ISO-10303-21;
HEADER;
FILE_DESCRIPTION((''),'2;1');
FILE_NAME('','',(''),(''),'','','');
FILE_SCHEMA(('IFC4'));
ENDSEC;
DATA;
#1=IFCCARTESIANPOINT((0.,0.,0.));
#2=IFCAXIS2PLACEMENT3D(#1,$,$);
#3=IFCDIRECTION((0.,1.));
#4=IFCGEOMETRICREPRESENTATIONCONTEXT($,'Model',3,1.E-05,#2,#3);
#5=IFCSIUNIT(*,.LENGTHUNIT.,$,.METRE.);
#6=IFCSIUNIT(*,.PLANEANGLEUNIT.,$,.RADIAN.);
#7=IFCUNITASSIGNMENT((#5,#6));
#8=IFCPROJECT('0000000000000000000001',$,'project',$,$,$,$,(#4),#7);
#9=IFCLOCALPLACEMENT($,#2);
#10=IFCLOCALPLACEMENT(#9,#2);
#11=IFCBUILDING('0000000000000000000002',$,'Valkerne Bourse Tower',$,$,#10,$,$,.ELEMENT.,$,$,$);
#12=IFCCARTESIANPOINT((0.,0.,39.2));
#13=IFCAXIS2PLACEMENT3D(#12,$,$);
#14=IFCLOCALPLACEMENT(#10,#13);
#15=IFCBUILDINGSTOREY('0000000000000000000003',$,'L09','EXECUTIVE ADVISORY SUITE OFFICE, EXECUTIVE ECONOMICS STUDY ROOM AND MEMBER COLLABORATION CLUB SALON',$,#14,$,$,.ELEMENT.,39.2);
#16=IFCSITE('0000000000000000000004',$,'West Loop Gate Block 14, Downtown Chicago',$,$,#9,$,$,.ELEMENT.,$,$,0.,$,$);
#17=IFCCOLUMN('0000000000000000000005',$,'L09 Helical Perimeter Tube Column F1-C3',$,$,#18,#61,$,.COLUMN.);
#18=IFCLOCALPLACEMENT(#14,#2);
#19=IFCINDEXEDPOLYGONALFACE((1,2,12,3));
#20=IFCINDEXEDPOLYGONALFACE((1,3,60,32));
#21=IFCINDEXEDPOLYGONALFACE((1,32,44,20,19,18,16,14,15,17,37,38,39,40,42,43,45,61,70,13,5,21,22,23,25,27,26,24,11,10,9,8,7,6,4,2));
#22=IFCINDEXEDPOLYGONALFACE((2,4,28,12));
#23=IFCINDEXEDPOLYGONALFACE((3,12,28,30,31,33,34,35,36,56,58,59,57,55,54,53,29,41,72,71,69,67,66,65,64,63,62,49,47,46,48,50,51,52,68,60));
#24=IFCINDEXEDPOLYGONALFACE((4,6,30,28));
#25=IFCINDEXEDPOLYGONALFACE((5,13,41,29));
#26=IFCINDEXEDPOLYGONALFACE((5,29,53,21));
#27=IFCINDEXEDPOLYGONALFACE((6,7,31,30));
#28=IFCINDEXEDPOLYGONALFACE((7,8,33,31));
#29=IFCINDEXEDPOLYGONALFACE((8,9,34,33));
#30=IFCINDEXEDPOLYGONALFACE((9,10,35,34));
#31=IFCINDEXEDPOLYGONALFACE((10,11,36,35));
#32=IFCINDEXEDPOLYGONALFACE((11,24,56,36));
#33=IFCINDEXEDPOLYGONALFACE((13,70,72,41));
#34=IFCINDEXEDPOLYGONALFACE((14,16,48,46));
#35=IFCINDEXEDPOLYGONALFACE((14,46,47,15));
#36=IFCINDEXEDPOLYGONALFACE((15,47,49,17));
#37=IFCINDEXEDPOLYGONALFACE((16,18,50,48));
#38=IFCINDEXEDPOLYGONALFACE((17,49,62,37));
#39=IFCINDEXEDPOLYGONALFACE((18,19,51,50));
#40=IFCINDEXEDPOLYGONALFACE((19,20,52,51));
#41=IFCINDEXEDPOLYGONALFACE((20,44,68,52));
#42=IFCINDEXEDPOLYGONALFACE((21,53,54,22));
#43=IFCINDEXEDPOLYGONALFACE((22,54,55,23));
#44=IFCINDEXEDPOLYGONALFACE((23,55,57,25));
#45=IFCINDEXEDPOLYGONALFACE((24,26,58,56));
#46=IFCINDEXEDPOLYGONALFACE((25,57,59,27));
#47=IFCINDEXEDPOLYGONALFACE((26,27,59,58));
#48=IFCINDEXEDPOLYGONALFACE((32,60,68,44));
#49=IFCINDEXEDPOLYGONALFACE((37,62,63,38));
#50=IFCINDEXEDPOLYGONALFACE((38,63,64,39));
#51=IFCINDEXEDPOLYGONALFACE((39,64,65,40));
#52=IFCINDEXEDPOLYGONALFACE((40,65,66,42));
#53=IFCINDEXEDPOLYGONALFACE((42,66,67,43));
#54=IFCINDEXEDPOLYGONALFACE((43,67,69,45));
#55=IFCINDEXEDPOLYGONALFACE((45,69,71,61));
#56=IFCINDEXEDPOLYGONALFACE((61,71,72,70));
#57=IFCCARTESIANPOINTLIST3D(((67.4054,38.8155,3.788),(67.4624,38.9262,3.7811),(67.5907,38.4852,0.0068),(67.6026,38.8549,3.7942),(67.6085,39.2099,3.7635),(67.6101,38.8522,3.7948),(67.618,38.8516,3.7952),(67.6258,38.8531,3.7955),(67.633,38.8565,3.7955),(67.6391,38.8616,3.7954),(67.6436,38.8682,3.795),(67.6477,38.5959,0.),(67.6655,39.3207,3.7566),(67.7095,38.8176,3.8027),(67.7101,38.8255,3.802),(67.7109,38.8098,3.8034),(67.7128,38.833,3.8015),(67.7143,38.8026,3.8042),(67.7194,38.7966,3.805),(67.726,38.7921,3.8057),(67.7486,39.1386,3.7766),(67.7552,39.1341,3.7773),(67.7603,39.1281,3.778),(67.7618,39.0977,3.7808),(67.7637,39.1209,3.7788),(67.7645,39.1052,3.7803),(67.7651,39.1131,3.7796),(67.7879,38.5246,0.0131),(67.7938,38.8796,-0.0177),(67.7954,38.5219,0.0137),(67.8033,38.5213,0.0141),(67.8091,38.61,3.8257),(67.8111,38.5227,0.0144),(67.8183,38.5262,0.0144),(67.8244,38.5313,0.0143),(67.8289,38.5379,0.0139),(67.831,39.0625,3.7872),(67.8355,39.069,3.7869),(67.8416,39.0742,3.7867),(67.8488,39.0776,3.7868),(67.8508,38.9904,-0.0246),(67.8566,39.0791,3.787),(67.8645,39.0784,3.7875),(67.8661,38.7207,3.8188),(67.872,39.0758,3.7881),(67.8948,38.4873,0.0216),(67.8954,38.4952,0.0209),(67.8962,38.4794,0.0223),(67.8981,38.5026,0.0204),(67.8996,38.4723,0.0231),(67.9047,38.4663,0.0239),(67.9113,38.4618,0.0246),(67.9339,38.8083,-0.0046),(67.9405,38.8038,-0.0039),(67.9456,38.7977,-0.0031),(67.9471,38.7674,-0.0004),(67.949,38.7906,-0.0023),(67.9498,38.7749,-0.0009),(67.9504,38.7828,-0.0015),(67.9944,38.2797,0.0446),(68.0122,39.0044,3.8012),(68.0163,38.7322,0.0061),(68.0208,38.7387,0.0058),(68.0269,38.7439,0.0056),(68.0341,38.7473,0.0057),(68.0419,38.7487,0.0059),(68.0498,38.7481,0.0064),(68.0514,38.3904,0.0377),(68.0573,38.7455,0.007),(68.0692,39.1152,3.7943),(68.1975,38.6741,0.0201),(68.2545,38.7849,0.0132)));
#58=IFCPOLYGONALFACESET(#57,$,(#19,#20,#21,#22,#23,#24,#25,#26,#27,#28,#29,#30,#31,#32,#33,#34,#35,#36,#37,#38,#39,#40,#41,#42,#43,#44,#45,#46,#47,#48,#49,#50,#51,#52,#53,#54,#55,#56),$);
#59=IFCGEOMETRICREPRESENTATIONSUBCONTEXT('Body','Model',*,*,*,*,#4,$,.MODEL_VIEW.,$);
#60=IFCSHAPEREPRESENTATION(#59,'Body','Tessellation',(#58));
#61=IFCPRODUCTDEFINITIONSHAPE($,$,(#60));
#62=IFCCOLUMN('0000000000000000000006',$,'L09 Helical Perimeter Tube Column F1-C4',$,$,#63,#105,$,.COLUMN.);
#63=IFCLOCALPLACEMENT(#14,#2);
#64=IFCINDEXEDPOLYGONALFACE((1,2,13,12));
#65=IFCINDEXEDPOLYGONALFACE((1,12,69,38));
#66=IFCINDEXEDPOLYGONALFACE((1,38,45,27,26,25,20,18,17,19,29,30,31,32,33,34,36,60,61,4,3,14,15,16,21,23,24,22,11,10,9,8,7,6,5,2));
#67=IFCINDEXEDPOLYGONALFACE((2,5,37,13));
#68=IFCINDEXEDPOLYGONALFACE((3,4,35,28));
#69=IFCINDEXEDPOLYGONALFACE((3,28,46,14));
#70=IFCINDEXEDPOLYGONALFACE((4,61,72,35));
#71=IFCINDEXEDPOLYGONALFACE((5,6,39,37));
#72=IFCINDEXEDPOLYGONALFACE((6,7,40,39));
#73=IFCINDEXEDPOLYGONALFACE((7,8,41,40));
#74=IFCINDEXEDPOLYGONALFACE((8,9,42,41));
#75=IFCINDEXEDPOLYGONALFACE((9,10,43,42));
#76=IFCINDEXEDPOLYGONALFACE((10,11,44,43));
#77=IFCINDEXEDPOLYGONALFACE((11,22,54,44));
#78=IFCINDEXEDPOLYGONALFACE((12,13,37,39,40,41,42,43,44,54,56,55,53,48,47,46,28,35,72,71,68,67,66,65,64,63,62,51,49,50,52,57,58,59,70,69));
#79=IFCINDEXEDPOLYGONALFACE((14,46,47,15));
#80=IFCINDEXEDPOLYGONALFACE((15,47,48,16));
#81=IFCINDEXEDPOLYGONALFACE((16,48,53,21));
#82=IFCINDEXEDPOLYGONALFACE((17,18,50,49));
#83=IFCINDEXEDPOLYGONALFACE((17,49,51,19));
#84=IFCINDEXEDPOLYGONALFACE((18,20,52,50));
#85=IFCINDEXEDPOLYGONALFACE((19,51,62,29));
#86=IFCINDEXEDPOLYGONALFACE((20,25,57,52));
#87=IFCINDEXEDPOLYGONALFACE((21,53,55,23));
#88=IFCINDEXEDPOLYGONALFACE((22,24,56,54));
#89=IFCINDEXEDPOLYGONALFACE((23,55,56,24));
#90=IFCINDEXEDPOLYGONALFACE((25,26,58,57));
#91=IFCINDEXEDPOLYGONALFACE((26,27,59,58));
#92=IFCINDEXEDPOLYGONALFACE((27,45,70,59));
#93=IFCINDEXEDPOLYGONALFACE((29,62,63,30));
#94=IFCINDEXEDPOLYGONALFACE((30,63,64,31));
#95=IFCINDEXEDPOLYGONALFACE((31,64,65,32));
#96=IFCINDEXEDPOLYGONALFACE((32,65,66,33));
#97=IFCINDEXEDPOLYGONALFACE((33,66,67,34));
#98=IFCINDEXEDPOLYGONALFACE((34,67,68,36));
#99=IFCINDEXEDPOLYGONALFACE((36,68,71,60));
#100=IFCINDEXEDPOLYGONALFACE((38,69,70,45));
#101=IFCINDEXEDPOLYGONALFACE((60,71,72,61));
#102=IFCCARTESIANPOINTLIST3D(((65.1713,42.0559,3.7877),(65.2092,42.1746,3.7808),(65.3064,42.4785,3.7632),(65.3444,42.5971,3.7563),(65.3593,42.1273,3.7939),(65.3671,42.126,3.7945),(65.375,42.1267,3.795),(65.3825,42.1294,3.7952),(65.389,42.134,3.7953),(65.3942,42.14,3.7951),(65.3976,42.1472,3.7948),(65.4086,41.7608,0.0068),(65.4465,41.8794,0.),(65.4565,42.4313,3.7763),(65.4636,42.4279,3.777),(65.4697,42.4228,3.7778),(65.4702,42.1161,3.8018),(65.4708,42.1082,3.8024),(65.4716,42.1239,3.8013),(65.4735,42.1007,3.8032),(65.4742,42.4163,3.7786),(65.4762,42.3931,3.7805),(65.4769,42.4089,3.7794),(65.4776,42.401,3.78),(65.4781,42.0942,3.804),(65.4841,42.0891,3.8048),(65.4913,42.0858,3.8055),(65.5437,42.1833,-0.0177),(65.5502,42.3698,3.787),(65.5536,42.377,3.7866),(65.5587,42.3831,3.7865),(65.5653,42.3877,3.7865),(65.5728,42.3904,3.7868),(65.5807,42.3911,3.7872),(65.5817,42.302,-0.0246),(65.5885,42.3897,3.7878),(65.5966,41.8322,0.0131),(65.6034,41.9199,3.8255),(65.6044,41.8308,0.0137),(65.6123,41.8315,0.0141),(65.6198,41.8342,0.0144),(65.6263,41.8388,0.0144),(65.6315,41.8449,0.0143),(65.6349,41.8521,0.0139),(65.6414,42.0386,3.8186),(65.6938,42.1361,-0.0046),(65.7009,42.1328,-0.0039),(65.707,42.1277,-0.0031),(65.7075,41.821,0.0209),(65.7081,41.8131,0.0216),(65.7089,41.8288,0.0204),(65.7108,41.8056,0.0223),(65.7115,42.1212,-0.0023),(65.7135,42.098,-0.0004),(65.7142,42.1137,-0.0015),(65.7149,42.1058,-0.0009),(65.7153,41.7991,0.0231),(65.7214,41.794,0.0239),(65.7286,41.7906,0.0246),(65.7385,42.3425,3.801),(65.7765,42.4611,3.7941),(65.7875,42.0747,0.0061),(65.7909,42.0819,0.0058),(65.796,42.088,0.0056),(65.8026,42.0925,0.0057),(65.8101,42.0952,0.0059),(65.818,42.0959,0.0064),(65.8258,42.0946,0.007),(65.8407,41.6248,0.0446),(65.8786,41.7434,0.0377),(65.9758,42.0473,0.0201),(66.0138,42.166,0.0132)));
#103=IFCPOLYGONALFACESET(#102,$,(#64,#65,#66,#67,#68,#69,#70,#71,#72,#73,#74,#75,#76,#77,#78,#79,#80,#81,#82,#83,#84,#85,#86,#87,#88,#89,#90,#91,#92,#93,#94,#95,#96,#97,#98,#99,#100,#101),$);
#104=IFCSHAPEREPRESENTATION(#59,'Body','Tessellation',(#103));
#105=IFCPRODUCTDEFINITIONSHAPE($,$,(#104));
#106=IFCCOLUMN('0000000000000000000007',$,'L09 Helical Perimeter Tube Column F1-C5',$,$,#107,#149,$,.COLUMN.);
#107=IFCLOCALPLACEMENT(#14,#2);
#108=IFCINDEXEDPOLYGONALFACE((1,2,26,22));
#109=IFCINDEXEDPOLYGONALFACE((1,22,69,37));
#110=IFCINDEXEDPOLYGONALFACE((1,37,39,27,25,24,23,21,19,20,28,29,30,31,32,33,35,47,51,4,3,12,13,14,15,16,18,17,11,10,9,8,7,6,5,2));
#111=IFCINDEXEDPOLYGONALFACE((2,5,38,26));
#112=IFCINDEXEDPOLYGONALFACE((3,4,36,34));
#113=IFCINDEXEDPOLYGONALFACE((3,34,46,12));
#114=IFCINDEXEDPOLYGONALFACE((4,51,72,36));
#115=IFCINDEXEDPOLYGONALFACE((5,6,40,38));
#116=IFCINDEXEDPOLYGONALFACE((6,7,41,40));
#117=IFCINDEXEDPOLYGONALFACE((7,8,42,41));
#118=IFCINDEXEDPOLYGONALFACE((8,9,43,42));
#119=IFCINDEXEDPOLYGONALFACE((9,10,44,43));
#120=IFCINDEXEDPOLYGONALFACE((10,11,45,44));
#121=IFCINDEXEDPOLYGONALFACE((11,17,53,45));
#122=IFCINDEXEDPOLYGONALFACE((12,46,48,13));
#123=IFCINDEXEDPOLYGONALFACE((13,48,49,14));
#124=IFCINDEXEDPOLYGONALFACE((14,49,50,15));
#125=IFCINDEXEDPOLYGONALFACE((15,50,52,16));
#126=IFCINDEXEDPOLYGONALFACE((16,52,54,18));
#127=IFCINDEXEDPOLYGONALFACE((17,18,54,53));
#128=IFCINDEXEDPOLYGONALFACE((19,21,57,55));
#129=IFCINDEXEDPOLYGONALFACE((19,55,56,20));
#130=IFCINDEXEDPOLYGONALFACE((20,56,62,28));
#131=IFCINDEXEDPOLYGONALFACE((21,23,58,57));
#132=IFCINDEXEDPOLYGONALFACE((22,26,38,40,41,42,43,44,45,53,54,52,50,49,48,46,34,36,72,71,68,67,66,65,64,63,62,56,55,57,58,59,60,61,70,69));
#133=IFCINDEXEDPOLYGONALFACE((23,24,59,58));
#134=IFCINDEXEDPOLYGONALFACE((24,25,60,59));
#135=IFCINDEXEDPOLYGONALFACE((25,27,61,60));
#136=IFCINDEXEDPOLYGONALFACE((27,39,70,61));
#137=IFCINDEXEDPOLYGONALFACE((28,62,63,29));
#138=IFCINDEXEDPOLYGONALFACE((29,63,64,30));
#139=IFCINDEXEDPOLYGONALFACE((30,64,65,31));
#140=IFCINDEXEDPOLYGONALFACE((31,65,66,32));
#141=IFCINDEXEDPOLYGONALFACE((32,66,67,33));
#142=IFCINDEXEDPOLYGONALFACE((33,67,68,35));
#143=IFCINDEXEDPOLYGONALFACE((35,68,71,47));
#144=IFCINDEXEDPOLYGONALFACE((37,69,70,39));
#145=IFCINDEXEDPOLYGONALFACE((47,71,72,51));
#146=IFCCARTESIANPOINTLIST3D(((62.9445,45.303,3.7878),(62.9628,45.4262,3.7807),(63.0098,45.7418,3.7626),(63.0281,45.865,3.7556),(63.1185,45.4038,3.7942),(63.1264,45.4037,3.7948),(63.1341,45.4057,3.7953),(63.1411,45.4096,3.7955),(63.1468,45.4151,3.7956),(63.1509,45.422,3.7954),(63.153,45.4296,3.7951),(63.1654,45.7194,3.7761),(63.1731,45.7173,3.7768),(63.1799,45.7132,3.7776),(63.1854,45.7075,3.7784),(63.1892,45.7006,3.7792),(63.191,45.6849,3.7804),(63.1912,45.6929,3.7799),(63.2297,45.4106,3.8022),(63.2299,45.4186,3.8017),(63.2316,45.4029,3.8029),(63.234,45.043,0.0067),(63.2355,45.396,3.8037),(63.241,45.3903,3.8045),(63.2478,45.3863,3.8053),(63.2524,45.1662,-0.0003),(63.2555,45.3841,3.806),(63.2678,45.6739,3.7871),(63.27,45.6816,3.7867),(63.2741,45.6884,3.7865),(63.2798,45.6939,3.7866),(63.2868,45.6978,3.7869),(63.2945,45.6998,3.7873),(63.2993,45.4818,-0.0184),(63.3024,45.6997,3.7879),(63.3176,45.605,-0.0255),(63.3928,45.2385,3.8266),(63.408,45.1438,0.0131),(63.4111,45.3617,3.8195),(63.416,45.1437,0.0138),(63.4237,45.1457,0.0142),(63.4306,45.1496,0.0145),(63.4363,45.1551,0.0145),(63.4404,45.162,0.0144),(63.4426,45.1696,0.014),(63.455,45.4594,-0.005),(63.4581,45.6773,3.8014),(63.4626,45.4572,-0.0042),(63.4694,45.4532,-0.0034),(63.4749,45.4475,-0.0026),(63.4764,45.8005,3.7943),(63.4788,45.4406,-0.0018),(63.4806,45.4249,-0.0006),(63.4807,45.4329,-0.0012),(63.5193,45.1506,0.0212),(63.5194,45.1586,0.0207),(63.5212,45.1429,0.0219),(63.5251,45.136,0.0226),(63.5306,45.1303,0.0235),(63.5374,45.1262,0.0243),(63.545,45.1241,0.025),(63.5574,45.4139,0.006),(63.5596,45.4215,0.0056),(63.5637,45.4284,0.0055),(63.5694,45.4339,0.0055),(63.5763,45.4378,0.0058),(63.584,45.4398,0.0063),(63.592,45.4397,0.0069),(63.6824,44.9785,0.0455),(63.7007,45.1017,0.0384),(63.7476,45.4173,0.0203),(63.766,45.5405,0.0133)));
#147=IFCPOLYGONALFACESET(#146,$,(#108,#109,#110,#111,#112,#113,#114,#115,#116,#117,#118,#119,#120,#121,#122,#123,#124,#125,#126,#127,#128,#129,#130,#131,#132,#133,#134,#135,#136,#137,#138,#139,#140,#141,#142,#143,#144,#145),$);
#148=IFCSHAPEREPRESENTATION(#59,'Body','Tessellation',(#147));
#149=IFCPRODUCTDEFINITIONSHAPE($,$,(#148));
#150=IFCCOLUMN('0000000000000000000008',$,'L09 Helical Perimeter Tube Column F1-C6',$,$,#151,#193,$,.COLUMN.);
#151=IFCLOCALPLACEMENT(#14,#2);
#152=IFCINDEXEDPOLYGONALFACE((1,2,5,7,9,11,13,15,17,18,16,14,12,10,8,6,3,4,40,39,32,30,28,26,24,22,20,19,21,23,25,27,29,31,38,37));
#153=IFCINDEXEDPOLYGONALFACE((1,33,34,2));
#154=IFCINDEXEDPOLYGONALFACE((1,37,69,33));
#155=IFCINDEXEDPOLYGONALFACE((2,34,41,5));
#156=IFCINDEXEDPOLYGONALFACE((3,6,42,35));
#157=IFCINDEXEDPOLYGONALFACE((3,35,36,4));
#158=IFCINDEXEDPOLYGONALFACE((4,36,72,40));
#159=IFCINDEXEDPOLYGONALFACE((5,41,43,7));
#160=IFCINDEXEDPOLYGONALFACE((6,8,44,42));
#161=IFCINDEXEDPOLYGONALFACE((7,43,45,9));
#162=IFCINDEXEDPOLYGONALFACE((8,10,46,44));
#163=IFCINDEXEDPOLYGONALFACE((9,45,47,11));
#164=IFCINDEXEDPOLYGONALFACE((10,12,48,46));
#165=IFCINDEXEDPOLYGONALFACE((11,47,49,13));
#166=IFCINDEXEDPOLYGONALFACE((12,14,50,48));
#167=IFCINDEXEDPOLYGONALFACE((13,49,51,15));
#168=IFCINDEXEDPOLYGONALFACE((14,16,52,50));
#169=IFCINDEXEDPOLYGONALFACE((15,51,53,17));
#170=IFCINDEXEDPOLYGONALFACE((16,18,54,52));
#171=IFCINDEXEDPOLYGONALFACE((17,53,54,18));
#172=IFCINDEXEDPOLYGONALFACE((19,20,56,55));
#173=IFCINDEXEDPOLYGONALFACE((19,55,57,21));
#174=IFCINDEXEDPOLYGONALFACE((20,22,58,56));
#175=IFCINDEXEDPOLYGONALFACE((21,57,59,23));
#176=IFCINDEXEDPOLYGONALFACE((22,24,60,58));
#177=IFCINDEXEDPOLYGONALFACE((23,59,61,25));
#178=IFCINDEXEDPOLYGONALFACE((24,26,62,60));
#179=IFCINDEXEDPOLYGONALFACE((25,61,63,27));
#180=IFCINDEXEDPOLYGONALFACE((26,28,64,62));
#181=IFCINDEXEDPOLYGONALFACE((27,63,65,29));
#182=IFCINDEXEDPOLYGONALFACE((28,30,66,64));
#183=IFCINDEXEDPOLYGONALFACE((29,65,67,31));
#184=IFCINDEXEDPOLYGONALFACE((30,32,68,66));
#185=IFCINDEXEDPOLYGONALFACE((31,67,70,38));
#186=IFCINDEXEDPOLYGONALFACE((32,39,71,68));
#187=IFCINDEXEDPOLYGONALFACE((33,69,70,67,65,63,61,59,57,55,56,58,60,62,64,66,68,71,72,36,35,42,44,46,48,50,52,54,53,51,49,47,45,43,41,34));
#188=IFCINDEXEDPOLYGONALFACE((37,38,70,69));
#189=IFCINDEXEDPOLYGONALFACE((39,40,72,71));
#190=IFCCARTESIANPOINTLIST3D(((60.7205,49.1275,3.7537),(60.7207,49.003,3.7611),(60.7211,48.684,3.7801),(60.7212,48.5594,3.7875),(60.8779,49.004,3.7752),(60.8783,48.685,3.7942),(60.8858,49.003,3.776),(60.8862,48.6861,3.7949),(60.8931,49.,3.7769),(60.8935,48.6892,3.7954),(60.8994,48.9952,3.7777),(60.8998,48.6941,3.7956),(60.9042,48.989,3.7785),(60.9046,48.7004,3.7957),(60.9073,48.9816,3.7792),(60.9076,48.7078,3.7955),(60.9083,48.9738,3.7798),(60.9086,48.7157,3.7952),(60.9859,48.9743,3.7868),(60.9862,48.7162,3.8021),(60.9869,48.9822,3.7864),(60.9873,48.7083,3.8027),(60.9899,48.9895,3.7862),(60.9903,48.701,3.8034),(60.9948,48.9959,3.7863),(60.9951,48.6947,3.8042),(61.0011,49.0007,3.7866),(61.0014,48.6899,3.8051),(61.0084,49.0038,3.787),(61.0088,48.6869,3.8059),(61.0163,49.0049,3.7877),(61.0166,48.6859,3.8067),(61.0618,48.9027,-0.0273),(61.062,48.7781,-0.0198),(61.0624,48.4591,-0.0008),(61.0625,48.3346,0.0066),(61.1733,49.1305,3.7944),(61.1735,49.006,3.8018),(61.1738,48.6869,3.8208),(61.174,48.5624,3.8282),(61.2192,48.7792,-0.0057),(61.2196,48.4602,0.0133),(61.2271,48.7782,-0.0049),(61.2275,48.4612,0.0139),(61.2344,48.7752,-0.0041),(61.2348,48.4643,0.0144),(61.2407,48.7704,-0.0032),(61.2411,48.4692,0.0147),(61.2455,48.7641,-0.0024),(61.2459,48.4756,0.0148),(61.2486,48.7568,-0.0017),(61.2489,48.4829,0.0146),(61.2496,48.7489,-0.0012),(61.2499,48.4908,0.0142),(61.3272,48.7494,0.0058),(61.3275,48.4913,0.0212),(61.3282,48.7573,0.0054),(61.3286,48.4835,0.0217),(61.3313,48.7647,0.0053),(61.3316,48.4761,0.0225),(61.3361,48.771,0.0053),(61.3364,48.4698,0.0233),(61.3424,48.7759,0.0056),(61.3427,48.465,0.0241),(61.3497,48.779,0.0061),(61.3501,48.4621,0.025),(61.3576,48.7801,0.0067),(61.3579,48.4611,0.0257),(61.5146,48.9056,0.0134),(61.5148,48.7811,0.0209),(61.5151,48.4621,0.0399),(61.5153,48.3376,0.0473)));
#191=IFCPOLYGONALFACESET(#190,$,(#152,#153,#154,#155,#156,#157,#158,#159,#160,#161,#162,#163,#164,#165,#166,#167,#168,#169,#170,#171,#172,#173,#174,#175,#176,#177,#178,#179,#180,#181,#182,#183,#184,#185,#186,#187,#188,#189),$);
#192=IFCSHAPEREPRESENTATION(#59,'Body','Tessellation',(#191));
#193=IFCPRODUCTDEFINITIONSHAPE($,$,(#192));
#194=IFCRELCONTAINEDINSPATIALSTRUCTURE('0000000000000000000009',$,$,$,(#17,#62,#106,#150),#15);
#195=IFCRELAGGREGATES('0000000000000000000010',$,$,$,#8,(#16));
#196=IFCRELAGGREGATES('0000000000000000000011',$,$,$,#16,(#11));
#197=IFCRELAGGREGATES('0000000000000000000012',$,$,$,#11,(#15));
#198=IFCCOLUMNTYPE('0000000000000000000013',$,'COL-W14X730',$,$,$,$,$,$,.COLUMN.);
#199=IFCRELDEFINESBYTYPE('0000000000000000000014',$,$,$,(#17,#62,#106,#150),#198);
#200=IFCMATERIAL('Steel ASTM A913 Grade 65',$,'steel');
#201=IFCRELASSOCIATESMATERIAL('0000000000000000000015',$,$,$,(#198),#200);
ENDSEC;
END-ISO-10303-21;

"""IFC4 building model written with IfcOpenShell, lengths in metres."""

from ifc_helpers import new_model, si_unit, direction, frame, origin, origin_2d, place, context, subcontext, project, spatial, i_section, extrude, material, material_profile, profile_set, type_object, element, save


model = new_model("IFC4")

# Units and contexts
model_context = context("Model", 3, precision=1e-05, world=origin(), true_north=direction((0.0, 1.0)))
body_context = subcontext(model_context, "Body", "Model", "MODEL_VIEW")
ifc_project = project(units=[si_unit("LENGTHUNIT", "METRE"), si_unit("PLANEANGLEUNIT", "RADIAN")], contexts=[model_context])

# Site, building, storey
site_placement = place(None, origin())
site = spatial("IfcSite", under=ifc_project, at=site_placement, Name="West Loop Gate Block 14, Downtown Chicago", CompositionType="ELEMENT", RefElevation=0.0)
building_placement = place(site_placement, origin())
building = spatial("IfcBuilding", under=site, at=building_placement, Name="Valkerne Bourse Tower", CompositionType="ELEMENT")
storey_placement = place(building_placement, frame((0.0, 0.0, 39.2)))
storey = spatial("IfcBuildingStorey", under=building, at=storey_placement, Name="L09", Description="EXECUTIVE ADVISORY SUITE OFFICE, EXECUTIVE ECONOMICS STUDY ROOM AND MEMBER COLLABORATION CLUB SALON", CompositionType="ELEMENT", Elevation=39.2)

# Columns
ifc_material_1 = material(Name="Steel ASTM A913 Grade 65", Category="steel")
ifc_material_profile_1 = material_profile(ifc_material_1, i_section(OverallWidth=0.4546, OverallDepth=0.5691, WebThickness=0.0779, FlangeThickness=0.1248, FilletRadius=0.0305, at=origin_2d()), Name="W14X730")
ifc_profile_set_1 = profile_set([ifc_material_profile_1], Name="Steel ASTM A913 Grade 65")
column_type = type_object("IfcColumnType", Name="COL-W14X730", PredefinedType="COLUMN", material=ifc_profile_set_1)
column_1_placement = place(storey_placement, frame((67.9226, 38.635, 0.01), z_axis=(-0.048765, 0.086929, 0.99502), x_axis=(0.888115, -0.452062, 0.083019)))
element("IfcColumn", 1, at=column_1_placement, inside=storey, type_object=column_type, Name="L09 Helical Perimeter Tube Column F1-C3", PredefinedType="COLUMN", context=body_context, shape_type="SweptSolid", body=[
    extrude(i_section(OverallWidth=0.4546, OverallDepth=0.5691, WebThickness=0.0779, FlangeThickness=0.1248, FilletRadius=0.0305, at=origin_2d()), origin(), (0.0, 0.0, 1.0), 3.8),
])
column_2_placement = place(storey_placement, frame((65.7112, 41.9634, 0.01), z_axis=(-0.06245, 0.077677, 0.995021), x_axis=(0.950583, -0.299167, 0.083015)))
element("IfcColumn", 2, at=column_2_placement, inside=storey, type_object=column_type, Name="L09 Helical Perimeter Tube Column F1-C4", PredefinedType="COLUMN", context=body_context, shape_type="SweptSolid", body=[
    extrude(i_section(OverallWidth=0.4546, OverallDepth=0.5691, WebThickness=0.0779, FlangeThickness=0.1248, FilletRadius=0.0305, at=origin_2d()), origin(), (0.0, 0.0, 1.0), 3.7998),
])
column_3_placement = place(storey_placement, frame((63.5, 45.2917, 0.01), z_axis=(-0.076178, 0.068406, 0.994745), x_axis=(0.986211, -0.141831, 0.085278)))
element("IfcColumn", 3, at=column_3_placement, inside=storey, type_object=column_type, Name="L09 Helical Perimeter Tube Column F1-C5", PredefinedType="COLUMN", context=body_context, shape_type="SweptSolid", body=[
    extrude(i_section(OverallWidth=0.4546, OverallDepth=0.5691, WebThickness=0.0779, FlangeThickness=0.1248, FilletRadius=0.0305, at=origin_2d()), origin(), (0.0, 0.0, 1.0), 3.801),
])
for number, where, z_axis, x_axis, name in (
    (4, (61.2886, 48.6201, 0.01), (-0.089746, 0.059125, 0.994208), (0.995964, 0.006549, 0.089515), "L09 Helical Perimeter Tube Column F1-C6"),
):
    element("IfcColumn", number, at=place(storey_placement, frame(where, z_axis=z_axis, x_axis=x_axis)), inside=storey, type_object=column_type, Name=name, PredefinedType="COLUMN", context=body_context, shape_type="SweptSolid", body=[
        extrude(i_section(OverallWidth=0.4546, OverallDepth=0.5691, WebThickness=0.0779, FlangeThickness=0.1248, FilletRadius=0.0305, at=origin_2d()), origin(), (0.0, 0.0, 1.0), 3.803),
    ])

save(model, "model.ifc")
